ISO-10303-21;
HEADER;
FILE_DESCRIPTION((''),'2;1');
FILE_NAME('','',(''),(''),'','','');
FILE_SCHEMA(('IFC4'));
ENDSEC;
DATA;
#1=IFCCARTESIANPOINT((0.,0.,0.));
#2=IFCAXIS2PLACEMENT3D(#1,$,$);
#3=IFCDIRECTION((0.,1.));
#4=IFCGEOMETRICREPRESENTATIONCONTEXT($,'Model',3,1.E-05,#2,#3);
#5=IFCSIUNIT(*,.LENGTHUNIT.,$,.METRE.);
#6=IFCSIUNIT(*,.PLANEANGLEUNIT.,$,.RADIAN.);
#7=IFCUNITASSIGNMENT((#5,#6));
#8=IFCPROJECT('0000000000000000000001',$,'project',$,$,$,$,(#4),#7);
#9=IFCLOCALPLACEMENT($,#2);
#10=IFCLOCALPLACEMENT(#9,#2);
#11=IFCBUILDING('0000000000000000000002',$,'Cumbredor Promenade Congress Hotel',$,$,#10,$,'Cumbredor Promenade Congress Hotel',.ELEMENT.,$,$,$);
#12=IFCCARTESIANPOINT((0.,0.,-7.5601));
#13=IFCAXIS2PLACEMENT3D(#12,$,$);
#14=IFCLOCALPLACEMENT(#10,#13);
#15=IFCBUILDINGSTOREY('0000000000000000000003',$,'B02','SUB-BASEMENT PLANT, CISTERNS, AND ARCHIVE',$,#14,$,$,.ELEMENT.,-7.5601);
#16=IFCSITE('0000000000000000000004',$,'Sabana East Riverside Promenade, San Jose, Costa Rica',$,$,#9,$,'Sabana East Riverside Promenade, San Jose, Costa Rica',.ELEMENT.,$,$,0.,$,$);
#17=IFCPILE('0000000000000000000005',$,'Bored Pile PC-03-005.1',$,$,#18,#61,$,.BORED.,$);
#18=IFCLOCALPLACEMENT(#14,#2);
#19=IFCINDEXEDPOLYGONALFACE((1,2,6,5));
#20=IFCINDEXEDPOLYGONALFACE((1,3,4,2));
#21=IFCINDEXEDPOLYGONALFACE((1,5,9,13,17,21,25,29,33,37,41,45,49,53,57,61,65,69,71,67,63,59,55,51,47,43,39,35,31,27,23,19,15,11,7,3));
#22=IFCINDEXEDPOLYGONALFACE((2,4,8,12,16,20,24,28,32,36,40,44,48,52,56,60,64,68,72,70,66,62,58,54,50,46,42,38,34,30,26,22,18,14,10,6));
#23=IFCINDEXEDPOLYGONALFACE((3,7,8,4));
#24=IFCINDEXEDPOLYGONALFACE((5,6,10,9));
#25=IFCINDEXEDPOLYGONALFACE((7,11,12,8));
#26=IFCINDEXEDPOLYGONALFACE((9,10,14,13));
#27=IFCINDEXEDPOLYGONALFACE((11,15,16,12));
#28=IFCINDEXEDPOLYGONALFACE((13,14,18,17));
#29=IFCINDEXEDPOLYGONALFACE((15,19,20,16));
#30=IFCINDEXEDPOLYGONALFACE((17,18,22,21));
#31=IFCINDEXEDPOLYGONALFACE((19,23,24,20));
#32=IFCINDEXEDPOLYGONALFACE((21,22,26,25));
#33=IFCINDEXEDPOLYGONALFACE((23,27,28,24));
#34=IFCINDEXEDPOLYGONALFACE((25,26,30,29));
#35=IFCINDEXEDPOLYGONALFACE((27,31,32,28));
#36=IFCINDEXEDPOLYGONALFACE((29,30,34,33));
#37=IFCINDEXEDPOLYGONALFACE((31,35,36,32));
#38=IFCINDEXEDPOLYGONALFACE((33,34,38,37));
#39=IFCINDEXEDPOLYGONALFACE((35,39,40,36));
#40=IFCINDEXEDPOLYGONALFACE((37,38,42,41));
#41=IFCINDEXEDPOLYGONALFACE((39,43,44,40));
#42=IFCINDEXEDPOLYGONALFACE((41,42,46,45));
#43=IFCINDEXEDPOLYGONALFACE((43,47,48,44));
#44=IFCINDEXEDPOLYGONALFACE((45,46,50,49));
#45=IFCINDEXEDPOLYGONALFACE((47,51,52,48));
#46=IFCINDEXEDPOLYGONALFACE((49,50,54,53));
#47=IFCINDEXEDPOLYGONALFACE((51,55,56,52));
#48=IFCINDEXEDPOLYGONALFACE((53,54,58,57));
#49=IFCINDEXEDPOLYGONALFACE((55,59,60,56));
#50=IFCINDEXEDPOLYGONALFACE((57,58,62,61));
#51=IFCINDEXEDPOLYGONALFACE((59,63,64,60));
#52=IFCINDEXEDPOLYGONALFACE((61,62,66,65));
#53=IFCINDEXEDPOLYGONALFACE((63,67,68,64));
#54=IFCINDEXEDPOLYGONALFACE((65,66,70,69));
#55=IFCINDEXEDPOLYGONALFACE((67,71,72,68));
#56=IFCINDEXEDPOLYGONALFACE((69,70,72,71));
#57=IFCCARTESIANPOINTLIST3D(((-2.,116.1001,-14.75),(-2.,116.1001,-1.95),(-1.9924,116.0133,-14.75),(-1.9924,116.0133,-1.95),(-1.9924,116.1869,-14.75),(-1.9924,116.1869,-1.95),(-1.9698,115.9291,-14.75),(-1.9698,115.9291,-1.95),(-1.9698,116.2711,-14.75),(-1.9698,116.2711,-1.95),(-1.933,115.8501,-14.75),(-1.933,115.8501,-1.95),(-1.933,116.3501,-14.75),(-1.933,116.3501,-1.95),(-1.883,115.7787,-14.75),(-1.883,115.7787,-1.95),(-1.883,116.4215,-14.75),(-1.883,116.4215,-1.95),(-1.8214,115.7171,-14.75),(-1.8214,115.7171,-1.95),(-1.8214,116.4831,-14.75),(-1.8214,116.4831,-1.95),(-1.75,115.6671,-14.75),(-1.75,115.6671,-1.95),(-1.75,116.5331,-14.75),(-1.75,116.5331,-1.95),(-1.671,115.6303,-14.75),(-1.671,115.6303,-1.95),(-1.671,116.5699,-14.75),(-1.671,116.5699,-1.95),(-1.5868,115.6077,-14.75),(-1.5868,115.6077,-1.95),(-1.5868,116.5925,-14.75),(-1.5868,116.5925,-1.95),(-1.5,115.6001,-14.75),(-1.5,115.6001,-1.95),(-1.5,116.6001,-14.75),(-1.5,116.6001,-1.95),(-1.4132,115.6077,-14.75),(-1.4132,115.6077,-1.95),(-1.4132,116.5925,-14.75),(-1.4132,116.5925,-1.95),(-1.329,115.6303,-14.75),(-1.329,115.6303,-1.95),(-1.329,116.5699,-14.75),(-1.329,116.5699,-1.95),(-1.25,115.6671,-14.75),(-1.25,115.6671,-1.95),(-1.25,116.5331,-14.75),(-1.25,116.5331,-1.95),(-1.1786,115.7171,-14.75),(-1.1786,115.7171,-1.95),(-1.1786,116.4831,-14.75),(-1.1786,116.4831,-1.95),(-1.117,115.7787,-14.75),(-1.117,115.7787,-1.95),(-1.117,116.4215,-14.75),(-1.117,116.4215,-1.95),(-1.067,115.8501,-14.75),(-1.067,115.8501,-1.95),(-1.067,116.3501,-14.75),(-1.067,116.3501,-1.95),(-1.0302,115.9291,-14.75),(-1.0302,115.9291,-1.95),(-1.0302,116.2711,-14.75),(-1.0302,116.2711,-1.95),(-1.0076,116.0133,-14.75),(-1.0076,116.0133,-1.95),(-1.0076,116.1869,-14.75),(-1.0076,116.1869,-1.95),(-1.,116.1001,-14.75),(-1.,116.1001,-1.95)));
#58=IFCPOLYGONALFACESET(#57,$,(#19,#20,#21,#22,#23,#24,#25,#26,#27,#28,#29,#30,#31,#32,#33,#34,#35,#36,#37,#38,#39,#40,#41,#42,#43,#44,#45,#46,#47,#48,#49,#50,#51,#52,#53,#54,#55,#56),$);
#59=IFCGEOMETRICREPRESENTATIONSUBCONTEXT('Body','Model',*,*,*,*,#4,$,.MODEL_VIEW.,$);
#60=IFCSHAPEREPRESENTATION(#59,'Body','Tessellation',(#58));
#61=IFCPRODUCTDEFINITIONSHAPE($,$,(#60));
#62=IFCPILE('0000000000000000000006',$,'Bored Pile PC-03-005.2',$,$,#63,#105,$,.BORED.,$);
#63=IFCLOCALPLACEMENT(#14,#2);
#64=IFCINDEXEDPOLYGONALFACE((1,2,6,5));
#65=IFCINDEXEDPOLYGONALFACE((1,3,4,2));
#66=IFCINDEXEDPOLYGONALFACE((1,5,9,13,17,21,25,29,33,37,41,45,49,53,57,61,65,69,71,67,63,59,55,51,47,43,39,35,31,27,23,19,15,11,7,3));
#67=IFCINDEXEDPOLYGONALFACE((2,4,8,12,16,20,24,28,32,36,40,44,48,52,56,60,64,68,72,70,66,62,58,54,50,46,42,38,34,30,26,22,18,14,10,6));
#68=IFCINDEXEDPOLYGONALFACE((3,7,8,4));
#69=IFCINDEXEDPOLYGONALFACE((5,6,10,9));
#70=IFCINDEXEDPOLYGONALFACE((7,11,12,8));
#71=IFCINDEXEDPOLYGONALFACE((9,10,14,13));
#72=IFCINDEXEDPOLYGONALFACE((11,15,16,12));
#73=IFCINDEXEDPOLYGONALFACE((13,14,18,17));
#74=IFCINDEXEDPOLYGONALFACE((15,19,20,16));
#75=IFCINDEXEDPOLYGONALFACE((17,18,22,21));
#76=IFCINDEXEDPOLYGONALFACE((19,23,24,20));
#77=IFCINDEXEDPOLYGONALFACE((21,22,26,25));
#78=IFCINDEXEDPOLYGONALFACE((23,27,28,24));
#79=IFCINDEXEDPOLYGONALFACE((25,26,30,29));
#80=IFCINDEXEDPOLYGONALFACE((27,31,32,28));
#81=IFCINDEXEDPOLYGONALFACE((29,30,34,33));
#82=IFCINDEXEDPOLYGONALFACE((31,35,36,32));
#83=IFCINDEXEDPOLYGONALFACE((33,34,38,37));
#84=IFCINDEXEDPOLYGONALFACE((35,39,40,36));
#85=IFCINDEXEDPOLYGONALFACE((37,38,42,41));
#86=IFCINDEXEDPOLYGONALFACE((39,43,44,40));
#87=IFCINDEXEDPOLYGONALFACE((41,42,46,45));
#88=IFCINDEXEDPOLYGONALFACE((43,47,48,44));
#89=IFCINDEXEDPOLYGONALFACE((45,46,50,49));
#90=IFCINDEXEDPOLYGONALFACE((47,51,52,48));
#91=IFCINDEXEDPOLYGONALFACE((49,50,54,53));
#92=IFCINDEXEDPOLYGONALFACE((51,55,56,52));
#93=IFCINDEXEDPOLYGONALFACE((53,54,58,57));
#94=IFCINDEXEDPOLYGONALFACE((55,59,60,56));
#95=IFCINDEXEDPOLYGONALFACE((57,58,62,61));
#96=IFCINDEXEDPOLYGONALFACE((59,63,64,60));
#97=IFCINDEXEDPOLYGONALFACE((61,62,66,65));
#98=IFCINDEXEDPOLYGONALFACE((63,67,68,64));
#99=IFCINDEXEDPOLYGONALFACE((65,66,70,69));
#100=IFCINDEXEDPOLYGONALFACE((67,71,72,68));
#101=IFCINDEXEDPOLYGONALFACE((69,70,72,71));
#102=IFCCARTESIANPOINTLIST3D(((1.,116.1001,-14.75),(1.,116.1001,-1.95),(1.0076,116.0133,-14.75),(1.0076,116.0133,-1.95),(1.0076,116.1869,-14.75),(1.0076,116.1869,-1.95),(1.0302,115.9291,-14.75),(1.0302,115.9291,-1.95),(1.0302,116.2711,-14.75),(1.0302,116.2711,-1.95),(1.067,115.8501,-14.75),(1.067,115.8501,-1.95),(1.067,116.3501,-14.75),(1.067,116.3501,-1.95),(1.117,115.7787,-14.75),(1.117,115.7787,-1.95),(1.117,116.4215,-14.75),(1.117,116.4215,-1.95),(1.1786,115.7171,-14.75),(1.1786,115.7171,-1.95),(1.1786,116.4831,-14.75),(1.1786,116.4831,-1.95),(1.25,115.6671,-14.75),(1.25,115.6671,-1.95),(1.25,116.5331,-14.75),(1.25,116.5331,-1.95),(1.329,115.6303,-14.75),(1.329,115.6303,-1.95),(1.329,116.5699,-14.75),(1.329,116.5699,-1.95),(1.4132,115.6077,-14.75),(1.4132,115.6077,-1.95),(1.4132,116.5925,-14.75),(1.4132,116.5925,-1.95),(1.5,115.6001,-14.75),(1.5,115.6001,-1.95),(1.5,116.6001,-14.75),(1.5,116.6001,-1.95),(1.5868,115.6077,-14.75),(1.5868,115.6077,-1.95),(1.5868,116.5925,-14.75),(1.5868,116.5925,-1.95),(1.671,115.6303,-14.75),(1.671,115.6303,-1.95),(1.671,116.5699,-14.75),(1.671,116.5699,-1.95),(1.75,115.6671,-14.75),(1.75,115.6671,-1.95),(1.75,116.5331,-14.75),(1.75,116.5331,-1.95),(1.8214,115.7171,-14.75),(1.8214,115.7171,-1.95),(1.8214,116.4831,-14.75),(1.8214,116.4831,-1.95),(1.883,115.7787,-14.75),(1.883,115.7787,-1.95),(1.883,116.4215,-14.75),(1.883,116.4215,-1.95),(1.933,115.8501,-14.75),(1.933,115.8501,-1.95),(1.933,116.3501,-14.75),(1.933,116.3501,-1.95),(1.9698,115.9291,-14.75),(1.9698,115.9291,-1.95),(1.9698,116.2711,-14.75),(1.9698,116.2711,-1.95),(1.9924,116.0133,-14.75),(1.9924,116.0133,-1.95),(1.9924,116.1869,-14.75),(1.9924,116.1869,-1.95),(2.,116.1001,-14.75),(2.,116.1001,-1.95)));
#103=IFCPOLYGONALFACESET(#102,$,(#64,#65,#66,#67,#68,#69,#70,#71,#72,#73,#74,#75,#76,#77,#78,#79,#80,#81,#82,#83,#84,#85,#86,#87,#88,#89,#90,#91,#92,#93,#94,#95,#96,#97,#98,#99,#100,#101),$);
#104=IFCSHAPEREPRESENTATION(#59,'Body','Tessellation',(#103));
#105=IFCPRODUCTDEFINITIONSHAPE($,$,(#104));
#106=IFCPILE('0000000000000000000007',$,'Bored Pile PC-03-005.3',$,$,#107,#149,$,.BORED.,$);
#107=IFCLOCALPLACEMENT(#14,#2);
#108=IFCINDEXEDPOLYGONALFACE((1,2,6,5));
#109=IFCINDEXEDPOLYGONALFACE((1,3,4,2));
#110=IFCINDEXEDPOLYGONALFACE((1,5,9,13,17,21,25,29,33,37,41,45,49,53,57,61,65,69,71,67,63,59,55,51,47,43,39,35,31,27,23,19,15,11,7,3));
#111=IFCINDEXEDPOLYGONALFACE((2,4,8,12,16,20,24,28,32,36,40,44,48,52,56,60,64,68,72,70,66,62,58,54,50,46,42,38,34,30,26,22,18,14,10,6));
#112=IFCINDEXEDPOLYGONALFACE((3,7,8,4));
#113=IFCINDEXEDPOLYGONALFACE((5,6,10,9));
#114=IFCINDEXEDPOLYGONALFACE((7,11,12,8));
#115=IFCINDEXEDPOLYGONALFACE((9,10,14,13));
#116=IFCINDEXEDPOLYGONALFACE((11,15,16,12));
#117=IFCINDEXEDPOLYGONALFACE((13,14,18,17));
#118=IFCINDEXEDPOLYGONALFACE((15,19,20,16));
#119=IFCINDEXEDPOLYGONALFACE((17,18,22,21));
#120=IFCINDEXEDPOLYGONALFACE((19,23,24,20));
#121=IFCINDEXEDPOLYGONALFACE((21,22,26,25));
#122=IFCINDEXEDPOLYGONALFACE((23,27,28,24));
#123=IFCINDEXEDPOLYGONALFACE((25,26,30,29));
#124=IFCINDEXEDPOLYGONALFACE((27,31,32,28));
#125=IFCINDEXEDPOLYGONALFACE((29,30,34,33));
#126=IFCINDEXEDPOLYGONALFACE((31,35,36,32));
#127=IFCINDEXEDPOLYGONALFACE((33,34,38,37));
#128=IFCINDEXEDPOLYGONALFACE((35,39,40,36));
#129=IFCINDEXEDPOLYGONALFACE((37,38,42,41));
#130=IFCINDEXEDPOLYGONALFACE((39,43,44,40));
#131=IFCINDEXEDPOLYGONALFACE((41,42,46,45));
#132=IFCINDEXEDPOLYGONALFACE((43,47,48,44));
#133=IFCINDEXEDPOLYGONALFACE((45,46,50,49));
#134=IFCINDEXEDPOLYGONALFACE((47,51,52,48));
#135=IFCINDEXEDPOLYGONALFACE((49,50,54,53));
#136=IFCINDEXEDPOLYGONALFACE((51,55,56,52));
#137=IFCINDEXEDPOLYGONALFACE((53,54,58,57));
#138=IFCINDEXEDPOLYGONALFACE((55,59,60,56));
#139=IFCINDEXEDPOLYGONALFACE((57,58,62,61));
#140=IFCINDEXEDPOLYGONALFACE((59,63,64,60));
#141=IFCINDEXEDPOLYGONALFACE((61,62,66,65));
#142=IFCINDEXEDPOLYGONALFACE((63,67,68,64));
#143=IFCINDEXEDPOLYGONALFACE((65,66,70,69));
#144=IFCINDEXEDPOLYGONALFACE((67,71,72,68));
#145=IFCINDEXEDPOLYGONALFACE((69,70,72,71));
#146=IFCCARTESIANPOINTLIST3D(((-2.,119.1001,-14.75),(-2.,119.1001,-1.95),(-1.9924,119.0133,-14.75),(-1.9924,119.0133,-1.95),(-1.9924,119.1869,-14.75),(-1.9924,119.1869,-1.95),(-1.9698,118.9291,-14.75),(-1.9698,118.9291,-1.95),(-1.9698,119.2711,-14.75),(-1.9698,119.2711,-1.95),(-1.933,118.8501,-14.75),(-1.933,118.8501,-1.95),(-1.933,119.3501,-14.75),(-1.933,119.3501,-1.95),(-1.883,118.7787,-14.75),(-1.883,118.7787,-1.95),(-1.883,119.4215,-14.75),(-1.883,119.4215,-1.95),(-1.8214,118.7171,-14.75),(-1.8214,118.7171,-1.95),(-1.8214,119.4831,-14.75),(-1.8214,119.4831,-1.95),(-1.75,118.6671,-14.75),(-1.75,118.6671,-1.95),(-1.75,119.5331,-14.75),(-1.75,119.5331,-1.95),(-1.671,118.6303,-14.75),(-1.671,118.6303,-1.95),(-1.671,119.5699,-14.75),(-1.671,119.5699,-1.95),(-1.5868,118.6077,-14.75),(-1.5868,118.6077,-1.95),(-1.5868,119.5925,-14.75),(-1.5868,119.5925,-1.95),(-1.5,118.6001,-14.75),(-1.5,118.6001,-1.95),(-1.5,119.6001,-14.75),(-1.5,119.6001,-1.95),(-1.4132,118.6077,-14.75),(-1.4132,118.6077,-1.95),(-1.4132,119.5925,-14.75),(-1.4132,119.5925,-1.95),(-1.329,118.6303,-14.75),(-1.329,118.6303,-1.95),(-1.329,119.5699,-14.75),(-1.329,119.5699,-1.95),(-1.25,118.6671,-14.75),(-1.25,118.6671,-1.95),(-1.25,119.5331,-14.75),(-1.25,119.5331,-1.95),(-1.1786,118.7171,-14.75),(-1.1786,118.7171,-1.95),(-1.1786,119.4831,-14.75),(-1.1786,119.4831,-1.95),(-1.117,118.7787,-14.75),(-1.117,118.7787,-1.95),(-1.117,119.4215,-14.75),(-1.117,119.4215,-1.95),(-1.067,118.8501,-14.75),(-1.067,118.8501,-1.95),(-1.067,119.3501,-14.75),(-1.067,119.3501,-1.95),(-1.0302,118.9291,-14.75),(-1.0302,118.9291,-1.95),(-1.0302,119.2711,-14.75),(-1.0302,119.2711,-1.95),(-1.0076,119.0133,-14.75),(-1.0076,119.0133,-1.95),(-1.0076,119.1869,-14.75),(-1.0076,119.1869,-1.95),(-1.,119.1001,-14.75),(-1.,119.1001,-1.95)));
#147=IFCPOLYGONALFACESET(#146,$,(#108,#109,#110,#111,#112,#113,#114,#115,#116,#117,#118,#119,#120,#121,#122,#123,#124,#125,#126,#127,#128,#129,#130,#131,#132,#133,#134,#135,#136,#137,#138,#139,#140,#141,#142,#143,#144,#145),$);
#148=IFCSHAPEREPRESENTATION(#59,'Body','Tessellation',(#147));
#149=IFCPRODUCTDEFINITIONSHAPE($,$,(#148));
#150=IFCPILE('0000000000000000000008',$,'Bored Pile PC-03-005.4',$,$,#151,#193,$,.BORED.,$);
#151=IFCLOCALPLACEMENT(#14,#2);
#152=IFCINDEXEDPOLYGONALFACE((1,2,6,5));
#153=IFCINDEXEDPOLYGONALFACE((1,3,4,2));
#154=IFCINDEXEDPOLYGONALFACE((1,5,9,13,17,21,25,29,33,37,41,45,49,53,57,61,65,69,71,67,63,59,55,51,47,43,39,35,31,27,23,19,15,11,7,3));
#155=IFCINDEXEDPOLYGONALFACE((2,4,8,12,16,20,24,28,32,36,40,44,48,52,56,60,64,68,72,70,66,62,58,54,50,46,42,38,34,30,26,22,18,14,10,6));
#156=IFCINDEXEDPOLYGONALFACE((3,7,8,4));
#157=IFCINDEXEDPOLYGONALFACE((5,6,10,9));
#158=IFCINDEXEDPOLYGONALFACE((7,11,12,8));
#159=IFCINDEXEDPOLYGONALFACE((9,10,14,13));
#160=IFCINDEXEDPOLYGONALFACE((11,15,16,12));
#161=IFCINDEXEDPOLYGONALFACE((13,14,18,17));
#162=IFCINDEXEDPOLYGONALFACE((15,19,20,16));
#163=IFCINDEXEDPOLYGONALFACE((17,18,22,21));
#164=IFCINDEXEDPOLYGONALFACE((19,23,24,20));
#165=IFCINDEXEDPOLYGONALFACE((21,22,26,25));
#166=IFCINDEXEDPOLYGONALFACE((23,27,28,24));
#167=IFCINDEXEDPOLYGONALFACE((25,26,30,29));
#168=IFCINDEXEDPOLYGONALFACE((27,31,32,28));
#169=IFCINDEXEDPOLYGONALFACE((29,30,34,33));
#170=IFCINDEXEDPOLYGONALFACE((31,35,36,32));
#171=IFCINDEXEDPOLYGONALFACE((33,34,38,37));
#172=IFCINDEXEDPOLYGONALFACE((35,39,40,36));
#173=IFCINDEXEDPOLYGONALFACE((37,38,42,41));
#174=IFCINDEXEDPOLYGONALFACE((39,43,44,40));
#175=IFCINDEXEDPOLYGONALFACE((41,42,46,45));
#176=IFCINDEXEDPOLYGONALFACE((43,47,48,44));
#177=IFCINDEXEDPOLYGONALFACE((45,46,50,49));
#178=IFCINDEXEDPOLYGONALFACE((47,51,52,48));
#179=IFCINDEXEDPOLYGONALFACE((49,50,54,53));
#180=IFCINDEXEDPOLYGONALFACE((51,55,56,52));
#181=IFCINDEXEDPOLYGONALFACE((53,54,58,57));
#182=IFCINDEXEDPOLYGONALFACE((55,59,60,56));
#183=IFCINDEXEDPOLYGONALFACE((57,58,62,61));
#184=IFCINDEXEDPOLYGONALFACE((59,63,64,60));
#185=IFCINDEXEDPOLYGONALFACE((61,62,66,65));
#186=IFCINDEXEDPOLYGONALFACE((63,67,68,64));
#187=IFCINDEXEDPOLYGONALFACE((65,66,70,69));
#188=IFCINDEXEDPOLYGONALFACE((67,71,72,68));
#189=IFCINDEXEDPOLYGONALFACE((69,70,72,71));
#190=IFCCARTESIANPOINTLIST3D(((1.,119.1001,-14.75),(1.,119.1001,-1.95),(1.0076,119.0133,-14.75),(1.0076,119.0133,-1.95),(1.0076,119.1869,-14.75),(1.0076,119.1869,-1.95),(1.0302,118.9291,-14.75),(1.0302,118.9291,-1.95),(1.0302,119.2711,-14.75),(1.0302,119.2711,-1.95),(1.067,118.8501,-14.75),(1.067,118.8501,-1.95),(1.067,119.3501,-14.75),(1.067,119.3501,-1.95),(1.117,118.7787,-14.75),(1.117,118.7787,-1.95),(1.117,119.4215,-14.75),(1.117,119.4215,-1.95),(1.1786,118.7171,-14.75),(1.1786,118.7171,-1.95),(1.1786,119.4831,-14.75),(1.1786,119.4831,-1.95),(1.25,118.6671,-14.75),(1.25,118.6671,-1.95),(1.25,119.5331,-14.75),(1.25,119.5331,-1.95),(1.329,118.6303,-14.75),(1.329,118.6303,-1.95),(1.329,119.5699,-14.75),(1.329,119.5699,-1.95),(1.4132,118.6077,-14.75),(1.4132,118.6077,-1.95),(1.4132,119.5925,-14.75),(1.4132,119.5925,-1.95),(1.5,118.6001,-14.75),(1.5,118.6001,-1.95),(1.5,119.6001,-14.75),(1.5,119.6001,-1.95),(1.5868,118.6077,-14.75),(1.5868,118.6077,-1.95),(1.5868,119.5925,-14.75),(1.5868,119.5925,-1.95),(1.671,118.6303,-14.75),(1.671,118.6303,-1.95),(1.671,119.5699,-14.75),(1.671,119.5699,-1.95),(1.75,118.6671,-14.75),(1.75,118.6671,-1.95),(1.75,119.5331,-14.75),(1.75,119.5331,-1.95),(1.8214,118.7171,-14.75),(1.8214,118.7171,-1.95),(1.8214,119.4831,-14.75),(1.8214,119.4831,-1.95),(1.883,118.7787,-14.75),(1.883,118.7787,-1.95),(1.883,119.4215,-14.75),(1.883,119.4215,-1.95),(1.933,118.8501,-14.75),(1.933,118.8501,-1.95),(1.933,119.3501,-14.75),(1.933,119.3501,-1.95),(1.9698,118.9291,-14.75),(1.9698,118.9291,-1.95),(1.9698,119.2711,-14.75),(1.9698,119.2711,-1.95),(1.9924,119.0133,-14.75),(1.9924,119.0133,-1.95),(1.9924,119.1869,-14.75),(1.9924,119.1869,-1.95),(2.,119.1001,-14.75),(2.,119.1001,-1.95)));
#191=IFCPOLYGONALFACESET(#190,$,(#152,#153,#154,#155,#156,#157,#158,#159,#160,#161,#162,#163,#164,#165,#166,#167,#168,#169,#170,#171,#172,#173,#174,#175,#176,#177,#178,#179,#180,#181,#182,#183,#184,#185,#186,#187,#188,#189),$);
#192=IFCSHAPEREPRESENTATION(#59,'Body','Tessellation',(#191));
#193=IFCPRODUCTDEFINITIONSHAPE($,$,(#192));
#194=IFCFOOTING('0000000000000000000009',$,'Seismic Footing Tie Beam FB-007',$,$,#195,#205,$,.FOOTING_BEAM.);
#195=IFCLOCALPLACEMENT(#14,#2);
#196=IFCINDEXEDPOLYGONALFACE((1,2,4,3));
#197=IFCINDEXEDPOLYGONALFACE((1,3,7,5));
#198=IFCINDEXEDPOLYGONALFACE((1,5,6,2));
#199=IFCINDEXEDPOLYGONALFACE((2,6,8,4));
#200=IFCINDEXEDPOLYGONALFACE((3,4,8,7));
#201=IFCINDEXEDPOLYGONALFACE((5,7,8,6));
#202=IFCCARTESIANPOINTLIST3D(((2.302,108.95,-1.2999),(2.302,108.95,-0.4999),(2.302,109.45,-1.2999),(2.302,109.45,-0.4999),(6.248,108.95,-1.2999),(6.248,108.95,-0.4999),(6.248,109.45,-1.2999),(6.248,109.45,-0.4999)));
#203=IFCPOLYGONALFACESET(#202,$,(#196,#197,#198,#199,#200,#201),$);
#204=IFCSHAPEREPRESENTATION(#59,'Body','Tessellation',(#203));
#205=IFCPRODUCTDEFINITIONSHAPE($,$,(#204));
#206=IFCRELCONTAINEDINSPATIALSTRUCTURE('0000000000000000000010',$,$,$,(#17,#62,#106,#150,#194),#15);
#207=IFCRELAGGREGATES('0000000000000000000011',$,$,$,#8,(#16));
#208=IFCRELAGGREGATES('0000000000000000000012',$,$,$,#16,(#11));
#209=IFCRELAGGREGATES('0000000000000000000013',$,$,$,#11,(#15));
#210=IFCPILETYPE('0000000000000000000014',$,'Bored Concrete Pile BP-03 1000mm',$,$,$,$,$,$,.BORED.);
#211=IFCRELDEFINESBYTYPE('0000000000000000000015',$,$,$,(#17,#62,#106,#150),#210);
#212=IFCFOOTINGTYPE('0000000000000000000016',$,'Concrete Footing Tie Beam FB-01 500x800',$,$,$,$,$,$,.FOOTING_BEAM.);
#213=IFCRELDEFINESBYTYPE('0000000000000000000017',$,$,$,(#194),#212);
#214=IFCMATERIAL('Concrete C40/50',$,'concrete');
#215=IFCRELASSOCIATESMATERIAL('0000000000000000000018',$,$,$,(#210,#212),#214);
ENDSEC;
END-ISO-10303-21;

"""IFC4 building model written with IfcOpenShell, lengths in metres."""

from ifc_helpers import new_model, si_unit, direction, frame, origin, origin_2d, place, context, subcontext, project, spatial, rectangle, circle, extrude, material, material_profile, profile_set, type_object, element, save


model = new_model("IFC4")

# Units and contexts
model_context = context("Model", 3, precision=1e-05, world=origin(), true_north=direction((0.0, 1.0)))
body_context = subcontext(model_context, "Body", "Model", "MODEL_VIEW")
ifc_project = project(units=[si_unit("LENGTHUNIT", "METRE"), si_unit("PLANEANGLEUNIT", "RADIAN")], contexts=[model_context])

# Site, building, storey
site_placement = place(None, origin())
site = spatial("IfcSite", under=ifc_project, at=site_placement, Name="Sabana East Riverside Promenade, San Jose, Costa Rica", LongName="Sabana East Riverside Promenade, San Jose, Costa Rica", CompositionType="ELEMENT", RefElevation=0.0)
building_placement = place(site_placement, origin())
building = spatial("IfcBuilding", under=site, at=building_placement, Name="Cumbredor Promenade Congress Hotel", LongName="Cumbredor Promenade Congress Hotel", CompositionType="ELEMENT")
storey_placement = place(building_placement, frame((0.0, 0.0, -7.5601)))
storey = spatial("IfcBuildingStorey", under=building, at=storey_placement, Name="B02", Description="SUB-BASEMENT PLANT, CISTERNS, AND ARCHIVE", CompositionType="ELEMENT", Elevation=-7.5601)

# Piles
ifc_material_1 = material(Name="Concrete C40/50", Category="concrete")
ifc_material_profile_1 = material_profile(ifc_material_1, circle(Radius=0.5, at=origin_2d()), Name="PILE D1000")
ifc_profile_set_1 = profile_set([ifc_material_profile_1], Name="Concrete C40/50")
pile_type_1 = type_object("IfcPileType", Name="Bored Concrete Pile BP-03 1000mm", PredefinedType="BORED", material=ifc_profile_set_1)
for number, where, z_axis, x_axis, name in (
    (1, (-1.5, 116.1001, -1.95), (0.0, 0.0, -1.0), (1.0, 0.0, 0.0), "Bored Pile PC-03-005.1"),
    (2, (1.5, 116.1001, -1.95), (0.0, 0.0, -1.0), (1.0, 0.0, 0.0), "Bored Pile PC-03-005.2"),
    (3, (-1.5, 119.1001, -1.95), (0.0, 0.0, -1.0), (1.0, 0.0, 0.0), "Bored Pile PC-03-005.3"),
    (4, (1.5, 119.1001, -1.95), (0.0, 0.0, -1.0), (1.0, 0.0, 0.0), "Bored Pile PC-03-005.4"),
):
    element("IfcPile", number, at=place(storey_placement, frame(where, z_axis=z_axis, x_axis=x_axis)), inside=storey, type_object=pile_type_1, Name=name, PredefinedType="BORED", context=body_context, shape_type="SweptSolid", body=[
        extrude(circle(Radius=0.5, at=origin_2d()), origin(), (0.0, 0.0, 1.0), 12.8),
    ])

# Footing
ifc_material_profile_2 = material_profile(ifc_material_1, rectangle(XDim=0.5, YDim=0.8, at=origin_2d()), Name="FB 500x800")
ifc_profile_set_2 = profile_set([ifc_material_profile_2], Name="Concrete C40/50")
footing_type_1 = type_object("IfcFootingType", Name="Concrete Footing Tie Beam FB-01 500x800", PredefinedType="FOOTING_BEAM", material=ifc_profile_set_2)
footing_1_placement = place(storey_placement, frame((2.302, 109.2, -0.8999), z_axis=(1.0, 0.0, 0.0), x_axis=(0.0, 1.0, 0.0)))
element("IfcFooting", 5, at=footing_1_placement, inside=storey, type_object=footing_type_1, Name="Seismic Footing Tie Beam FB-007", PredefinedType="FOOTING_BEAM", context=body_context, shape_type="SweptSolid", body=[
    extrude(rectangle(XDim=0.5, YDim=0.8, at=origin_2d()), origin(), (0.0, 0.0, 1.0), 3.946),
])

save(model, "model.ifc")
